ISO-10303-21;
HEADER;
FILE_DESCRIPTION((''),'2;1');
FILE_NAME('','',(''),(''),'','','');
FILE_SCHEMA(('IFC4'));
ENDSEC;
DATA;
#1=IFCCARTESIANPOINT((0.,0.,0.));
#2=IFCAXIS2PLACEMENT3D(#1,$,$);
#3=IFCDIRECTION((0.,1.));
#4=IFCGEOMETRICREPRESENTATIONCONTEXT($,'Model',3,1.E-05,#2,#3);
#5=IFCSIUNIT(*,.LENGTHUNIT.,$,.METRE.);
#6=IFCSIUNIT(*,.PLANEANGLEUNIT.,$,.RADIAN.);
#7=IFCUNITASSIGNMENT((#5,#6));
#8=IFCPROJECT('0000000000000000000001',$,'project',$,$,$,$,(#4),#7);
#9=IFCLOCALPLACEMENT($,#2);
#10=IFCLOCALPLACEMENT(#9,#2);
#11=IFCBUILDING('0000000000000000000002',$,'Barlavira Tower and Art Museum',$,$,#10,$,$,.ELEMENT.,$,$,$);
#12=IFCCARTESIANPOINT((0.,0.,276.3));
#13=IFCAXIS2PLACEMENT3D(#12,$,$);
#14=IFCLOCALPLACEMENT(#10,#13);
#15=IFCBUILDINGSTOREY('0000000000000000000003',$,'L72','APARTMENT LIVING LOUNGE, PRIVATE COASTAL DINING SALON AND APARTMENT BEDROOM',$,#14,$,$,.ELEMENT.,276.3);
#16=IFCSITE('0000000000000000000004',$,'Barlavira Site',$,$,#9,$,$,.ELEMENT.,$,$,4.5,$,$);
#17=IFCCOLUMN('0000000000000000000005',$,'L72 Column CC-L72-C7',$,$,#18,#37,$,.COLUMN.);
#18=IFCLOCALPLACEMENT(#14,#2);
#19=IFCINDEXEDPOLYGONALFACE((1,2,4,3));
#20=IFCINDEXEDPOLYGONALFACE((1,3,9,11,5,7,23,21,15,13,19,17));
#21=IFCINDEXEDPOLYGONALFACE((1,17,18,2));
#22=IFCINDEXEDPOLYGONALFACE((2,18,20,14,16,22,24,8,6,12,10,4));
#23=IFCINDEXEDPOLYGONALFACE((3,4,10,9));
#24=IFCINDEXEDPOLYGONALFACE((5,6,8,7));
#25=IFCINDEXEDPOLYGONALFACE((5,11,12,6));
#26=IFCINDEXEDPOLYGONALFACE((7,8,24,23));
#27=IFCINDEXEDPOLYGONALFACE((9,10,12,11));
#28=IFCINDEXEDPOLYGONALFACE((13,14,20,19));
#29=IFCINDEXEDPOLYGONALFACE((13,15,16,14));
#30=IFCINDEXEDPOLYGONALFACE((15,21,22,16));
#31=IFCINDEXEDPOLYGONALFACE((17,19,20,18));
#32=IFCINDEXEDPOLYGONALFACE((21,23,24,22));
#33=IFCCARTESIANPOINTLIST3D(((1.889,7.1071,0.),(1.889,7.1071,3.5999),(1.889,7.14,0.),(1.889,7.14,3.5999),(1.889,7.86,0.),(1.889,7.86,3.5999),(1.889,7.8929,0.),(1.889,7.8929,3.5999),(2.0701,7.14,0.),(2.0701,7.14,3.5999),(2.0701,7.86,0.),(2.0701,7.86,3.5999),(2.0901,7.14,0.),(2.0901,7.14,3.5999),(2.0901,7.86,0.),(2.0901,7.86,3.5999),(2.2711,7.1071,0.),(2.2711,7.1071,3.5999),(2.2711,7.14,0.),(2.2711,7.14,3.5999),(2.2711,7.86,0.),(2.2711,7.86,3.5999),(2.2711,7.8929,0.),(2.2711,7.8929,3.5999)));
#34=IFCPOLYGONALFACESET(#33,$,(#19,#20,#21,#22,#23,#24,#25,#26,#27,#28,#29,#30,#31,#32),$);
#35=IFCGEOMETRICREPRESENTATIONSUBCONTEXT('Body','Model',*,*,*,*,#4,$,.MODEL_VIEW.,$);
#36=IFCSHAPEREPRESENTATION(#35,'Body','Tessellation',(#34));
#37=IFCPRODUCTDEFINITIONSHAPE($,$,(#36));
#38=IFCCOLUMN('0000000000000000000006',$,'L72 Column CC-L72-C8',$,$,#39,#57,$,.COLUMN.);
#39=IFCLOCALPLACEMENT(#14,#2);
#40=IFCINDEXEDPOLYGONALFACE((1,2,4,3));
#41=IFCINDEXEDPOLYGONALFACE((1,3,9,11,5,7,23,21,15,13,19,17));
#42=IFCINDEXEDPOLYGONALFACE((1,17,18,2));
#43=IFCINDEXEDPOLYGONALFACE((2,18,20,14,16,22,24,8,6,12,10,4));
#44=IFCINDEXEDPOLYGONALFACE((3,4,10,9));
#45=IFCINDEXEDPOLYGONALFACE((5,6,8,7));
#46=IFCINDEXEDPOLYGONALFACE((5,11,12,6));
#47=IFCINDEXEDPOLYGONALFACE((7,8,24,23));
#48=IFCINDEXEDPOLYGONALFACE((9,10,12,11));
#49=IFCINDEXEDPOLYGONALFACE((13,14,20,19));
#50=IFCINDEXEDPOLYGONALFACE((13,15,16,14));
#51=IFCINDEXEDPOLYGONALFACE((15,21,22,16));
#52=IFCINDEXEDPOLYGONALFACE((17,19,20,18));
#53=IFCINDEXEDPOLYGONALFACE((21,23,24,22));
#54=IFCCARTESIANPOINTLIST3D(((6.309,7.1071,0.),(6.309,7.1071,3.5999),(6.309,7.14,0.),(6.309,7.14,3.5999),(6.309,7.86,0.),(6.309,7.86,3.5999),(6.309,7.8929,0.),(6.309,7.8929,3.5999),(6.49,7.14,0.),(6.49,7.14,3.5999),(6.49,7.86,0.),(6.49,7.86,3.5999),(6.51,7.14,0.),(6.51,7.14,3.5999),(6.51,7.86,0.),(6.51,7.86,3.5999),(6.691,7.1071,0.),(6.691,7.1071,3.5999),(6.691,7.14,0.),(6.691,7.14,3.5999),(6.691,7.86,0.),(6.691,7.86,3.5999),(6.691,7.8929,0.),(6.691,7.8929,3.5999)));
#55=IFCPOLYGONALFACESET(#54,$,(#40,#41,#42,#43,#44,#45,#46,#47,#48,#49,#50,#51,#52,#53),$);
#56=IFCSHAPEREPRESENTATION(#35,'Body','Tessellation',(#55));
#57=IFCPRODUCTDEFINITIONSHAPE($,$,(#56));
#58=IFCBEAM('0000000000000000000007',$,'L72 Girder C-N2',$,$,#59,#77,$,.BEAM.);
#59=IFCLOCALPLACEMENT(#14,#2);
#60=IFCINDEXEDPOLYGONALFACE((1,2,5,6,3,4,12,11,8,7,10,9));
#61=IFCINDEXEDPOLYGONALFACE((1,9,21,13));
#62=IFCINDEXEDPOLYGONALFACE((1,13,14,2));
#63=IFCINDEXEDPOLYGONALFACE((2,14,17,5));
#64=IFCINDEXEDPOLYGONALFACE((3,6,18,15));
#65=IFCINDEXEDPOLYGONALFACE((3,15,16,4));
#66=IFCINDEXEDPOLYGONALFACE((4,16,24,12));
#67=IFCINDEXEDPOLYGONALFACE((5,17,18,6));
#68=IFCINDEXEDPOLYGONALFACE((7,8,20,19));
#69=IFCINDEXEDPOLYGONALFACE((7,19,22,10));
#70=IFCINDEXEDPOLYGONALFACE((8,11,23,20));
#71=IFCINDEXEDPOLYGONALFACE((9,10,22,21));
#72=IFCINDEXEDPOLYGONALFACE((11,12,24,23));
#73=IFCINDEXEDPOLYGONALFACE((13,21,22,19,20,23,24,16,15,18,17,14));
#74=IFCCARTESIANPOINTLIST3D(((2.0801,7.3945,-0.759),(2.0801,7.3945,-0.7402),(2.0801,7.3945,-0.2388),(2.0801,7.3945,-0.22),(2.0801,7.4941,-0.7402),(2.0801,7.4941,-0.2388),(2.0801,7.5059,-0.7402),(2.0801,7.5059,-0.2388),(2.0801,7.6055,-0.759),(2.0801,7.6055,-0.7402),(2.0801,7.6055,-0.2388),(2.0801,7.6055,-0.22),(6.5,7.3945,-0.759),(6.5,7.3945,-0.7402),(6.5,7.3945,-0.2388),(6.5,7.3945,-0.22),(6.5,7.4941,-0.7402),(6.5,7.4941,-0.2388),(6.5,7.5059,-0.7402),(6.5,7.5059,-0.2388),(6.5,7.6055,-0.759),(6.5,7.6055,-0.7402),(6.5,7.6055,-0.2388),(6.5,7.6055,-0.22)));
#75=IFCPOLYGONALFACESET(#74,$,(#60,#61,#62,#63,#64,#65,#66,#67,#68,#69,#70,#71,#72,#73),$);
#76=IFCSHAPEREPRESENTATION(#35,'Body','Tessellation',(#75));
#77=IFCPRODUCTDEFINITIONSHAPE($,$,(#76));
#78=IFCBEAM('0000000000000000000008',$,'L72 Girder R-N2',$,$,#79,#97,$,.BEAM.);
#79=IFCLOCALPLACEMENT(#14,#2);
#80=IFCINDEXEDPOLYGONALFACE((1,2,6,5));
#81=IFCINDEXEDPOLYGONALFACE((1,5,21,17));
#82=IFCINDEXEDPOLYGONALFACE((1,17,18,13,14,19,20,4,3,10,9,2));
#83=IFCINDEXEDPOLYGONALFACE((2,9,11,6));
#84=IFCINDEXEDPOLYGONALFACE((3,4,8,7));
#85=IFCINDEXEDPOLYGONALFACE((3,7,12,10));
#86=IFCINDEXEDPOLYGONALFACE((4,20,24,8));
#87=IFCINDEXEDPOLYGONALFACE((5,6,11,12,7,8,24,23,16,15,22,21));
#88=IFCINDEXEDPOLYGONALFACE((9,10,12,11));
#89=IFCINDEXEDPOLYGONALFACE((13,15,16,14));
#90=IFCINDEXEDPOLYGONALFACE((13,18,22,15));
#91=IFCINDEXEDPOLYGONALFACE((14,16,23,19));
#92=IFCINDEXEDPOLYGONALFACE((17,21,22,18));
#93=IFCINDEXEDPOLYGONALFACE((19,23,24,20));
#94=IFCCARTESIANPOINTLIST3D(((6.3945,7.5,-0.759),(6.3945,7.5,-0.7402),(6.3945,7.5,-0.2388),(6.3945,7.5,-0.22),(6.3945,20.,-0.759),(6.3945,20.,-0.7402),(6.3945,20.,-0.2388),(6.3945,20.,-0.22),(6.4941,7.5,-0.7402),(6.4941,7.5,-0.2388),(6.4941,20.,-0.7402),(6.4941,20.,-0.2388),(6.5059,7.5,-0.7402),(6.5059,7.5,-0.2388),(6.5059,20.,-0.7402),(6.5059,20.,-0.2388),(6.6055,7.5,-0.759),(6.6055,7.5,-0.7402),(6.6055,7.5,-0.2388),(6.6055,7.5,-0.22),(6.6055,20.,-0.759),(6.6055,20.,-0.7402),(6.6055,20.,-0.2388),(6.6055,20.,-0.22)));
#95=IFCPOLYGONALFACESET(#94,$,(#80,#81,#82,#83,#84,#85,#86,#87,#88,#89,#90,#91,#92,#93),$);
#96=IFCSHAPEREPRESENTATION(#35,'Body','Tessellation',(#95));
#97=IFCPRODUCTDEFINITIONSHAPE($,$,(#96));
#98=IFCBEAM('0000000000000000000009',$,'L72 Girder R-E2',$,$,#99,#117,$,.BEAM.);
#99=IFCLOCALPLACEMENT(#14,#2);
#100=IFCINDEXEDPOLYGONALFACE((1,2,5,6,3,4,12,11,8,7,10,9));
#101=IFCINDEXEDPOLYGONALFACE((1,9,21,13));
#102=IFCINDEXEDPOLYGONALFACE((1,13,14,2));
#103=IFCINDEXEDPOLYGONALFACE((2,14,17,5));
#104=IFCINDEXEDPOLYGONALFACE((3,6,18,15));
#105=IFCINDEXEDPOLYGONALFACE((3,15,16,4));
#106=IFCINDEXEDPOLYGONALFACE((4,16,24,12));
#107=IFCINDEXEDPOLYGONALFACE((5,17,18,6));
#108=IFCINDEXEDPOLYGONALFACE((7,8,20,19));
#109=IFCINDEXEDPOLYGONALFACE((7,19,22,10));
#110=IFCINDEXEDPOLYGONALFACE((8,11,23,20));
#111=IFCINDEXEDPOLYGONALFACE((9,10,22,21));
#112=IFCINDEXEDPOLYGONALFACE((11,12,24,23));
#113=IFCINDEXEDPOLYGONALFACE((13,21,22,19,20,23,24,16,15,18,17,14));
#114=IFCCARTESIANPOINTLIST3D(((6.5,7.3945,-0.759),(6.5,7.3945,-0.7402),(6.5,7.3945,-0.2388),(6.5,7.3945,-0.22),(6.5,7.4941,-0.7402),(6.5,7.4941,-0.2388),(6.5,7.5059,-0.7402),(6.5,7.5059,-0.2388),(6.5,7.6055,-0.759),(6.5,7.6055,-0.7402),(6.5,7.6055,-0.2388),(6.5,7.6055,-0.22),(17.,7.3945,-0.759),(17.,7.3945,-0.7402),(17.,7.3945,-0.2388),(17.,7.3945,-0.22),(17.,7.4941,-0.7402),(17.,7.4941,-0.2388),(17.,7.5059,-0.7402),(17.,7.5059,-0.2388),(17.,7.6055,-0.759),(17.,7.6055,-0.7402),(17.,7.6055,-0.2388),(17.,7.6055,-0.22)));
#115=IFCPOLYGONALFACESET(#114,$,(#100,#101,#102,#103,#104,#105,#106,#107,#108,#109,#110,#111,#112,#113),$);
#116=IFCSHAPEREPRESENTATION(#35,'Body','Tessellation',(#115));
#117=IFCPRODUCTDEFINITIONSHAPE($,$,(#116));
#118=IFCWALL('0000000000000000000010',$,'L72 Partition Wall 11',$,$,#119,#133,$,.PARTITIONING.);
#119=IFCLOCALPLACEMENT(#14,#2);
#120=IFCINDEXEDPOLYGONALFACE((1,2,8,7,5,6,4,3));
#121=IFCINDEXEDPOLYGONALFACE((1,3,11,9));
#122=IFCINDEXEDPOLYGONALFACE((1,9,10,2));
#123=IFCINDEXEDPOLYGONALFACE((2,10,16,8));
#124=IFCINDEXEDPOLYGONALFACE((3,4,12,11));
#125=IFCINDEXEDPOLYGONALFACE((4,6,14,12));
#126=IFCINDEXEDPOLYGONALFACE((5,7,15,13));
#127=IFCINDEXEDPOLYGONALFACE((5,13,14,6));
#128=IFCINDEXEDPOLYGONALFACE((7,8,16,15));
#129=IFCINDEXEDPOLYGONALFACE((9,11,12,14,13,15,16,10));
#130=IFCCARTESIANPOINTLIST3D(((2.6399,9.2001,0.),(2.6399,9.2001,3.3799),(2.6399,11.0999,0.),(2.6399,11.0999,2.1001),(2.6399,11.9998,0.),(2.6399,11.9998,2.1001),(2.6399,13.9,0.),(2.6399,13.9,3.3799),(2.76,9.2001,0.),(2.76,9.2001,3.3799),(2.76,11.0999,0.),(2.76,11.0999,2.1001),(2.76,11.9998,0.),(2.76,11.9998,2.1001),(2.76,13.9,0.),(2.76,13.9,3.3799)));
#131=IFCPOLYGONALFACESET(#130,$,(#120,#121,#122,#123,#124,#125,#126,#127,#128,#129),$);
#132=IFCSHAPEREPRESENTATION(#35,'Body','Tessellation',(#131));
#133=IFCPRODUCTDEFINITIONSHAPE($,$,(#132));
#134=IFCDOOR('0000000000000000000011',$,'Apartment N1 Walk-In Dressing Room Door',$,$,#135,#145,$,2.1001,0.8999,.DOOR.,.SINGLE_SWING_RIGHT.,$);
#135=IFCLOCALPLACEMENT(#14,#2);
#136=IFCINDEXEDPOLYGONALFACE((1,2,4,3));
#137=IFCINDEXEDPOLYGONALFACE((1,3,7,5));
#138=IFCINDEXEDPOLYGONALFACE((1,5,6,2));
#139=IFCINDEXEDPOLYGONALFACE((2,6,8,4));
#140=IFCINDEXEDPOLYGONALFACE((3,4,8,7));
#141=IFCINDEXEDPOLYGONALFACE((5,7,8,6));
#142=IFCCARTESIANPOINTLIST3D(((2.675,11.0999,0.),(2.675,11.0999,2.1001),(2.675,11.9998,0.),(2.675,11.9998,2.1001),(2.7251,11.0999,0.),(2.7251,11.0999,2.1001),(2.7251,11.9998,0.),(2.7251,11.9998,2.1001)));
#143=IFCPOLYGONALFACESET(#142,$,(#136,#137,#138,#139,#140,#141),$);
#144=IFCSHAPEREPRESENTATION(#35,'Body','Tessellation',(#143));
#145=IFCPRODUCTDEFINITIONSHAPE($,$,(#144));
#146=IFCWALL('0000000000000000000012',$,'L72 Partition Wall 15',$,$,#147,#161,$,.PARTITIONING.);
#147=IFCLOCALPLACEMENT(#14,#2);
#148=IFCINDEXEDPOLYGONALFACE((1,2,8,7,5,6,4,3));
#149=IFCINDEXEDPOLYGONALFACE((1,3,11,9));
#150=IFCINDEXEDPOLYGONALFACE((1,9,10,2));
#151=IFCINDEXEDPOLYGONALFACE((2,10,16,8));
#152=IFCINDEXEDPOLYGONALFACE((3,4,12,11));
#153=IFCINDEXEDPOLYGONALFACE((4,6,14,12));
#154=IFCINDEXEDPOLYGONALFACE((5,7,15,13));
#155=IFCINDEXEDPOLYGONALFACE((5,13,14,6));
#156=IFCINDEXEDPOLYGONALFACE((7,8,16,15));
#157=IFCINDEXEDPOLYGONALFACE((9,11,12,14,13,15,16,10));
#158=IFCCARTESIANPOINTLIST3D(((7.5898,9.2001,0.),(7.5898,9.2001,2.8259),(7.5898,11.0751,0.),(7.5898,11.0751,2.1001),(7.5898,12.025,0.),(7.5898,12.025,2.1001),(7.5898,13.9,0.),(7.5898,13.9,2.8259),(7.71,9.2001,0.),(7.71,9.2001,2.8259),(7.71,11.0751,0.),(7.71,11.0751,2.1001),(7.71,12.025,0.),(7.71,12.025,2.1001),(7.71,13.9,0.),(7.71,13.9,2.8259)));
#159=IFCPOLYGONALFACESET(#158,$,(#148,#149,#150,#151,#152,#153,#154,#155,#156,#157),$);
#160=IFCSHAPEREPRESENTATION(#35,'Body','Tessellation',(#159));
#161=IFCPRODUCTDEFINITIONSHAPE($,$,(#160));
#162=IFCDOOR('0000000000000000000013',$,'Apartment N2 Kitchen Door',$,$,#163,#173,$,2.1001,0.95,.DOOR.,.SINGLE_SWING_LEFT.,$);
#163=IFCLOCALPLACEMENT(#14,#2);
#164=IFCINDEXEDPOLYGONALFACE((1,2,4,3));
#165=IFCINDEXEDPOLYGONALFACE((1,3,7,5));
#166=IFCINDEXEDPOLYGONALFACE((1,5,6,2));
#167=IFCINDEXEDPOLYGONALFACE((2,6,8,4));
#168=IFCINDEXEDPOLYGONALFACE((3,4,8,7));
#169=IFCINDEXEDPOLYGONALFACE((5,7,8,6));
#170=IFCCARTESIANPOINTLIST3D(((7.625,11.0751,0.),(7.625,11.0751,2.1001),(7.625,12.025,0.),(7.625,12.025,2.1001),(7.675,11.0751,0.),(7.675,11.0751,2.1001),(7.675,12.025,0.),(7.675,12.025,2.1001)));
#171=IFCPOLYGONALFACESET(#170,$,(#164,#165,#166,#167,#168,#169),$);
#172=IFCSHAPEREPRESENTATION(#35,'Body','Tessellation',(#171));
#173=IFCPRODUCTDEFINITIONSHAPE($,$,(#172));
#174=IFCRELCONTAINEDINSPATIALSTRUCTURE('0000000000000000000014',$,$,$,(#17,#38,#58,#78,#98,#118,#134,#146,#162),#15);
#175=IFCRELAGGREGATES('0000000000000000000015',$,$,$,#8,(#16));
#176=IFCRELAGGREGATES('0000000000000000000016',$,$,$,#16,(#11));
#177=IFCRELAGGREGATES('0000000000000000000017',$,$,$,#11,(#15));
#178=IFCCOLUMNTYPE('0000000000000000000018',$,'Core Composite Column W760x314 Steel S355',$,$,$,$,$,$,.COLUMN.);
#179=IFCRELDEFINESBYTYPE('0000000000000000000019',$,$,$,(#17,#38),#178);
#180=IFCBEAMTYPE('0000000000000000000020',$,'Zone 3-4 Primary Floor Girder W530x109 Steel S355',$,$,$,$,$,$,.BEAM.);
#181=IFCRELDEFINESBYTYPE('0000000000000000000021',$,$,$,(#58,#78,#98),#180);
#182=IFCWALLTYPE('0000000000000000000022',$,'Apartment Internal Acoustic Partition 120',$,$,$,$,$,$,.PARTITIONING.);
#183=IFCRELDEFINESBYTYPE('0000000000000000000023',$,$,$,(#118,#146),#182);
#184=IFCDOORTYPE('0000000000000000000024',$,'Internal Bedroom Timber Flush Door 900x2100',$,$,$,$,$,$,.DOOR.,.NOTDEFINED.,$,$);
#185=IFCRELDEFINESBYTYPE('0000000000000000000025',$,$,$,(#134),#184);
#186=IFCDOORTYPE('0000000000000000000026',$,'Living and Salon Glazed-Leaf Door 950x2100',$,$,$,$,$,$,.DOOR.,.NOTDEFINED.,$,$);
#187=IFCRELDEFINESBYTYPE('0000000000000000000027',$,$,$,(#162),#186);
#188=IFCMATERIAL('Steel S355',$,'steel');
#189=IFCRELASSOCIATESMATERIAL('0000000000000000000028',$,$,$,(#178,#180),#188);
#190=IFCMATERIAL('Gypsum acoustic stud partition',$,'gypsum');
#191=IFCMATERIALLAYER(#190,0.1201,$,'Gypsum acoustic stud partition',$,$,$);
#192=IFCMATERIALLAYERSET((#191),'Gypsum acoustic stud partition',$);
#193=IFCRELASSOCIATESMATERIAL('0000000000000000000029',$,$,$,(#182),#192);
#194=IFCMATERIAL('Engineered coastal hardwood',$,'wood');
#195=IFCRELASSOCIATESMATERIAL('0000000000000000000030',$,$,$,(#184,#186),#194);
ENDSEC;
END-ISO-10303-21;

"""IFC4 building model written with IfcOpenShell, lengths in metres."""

from ifc_helpers import new_model, si_unit, direction, frame, frame_2d, origin, origin_2d, place, context, subcontext, project, spatial, rectangle, i_section, extrude, material, layer, layer_set, material_profile, profile_set, type_object, element, fill, save


model = new_model("IFC4")

# Units and contexts
model_context = context("Model", 3, precision=1e-05, world=origin(), true_north=direction((0.0, 1.0)))
body_context = subcontext(model_context, "Body", "Model", "MODEL_VIEW")
ifc_project = project(units=[si_unit("LENGTHUNIT", "METRE"), si_unit("PLANEANGLEUNIT", "RADIAN")], contexts=[model_context])

# Site, building, storey
site_placement = place(None, origin())
site = spatial("IfcSite", under=ifc_project, at=site_placement, Name="Barlavira Site", CompositionType="ELEMENT", RefElevation=4.5)
building_placement = place(site_placement, origin())
building = spatial("IfcBuilding", under=site, at=building_placement, Name="Barlavira Tower and Art Museum", CompositionType="ELEMENT")
storey_placement = place(building_placement, frame((0.0, 0.0, 276.3)))
storey = spatial("IfcBuildingStorey", under=building, at=storey_placement, Name="L72", Description="APARTMENT LIVING LOUNGE, PRIVATE COASTAL DINING SALON AND APARTMENT BEDROOM", CompositionType="ELEMENT", Elevation=276.3)

# Columns
ifc_material_1 = material(Name="Steel S355", Category="steel")
ifc_material_profile_1 = material_profile(ifc_material_1, i_section(OverallWidth=0.3821, OverallDepth=0.7859, WebThickness=0.02, FlangeThickness=0.033, at=origin_2d()), Name="W760x314.0")
ifc_profile_set_1 = profile_set([ifc_material_profile_1], Name="Steel S355")
column_type = type_object("IfcColumnType", Name="Core Composite Column W760x314 Steel S355", PredefinedType="COLUMN", material=ifc_profile_set_1)
for number, where, z_axis, x_axis, name in (
    (1, (2.0801, 7.5, 0.0), (0.0, 0.0, 1.0), (1.0, 0.0, 0.0), "L72 Column CC-L72-C7"),
    (2, (6.5, 7.5, 0.0), (0.0, 0.0, 1.0), (1.0, 0.0, 0.0), "L72 Column CC-L72-C8"),
):
    element("IfcColumn", number, at=place(storey_placement, frame(where, z_axis=z_axis, x_axis=x_axis)), inside=storey, type_object=column_type, Name=name, PredefinedType="COLUMN", context=body_context, shape_type="SweptSolid", body=[
        extrude(i_section(OverallWidth=0.3821, OverallDepth=0.7859, WebThickness=0.02, FlangeThickness=0.033, at=origin_2d()), origin(), (0.0, 0.0, 1.0), 3.5999),
    ])

# Beams
ifc_material_profile_2 = material_profile(ifc_material_1, i_section(OverallWidth=0.2109, OverallDepth=0.5391, WebThickness=0.0117, FlangeThickness=0.0188, at=origin_2d()), Name="W530x109.0")
ifc_profile_set_2 = profile_set([ifc_material_profile_2], Name="Steel S355")
beam_type = type_object("IfcBeamType", Name="Zone 3-4 Primary Floor Girder W530x109 Steel S355", PredefinedType="BEAM", material=ifc_profile_set_2)
beam_1_placement = place(storey_placement, frame((2.0801, 7.5, -0.4895), z_axis=(1.0, 0.0, 0.0), x_axis=(0.0, 1.0, 0.0)))
element("IfcBeam", 3, at=beam_1_placement, inside=storey, type_object=beam_type, Name="L72 Girder C-N2", PredefinedType="BEAM", context=body_context, shape_type="SweptSolid", body=[
    extrude(i_section(OverallWidth=0.2109, OverallDepth=0.5391, WebThickness=0.0117, FlangeThickness=0.0188, at=origin_2d()), origin(), (0.0, 0.0, 1.0), 4.4199),
])
beam_2_placement = place(storey_placement, frame((6.5, 7.5, -0.4895), z_axis=(0.0, 1.0, 0.0), x_axis=(-1.0, 0.0, 0.0)))
element("IfcBeam", 4, at=beam_2_placement, inside=storey, type_object=beam_type, Name="L72 Girder R-N2", PredefinedType="BEAM", context=body_context, shape_type="SweptSolid", body=[
    extrude(i_section(OverallWidth=0.2109, OverallDepth=0.5391, WebThickness=0.0117, FlangeThickness=0.0188, at=origin_2d()), origin(), (0.0, 0.0, 1.0), 12.5),
])
beam_3_placement = place(storey_placement, frame((6.5, 7.5, -0.4895), z_axis=(1.0, 0.0, 0.0), x_axis=(0.0, 1.0, 0.0)))
element("IfcBeam", 5, at=beam_3_placement, inside=storey, type_object=beam_type, Name="L72 Girder R-E2", PredefinedType="BEAM", context=body_context, shape_type="SweptSolid", body=[
    extrude(i_section(OverallWidth=0.2109, OverallDepth=0.5391, WebThickness=0.0117, FlangeThickness=0.0188, at=origin_2d()), origin(), (0.0, 0.0, 1.0), 10.5),
])

# Walls, openings, doors
ifc_material_2 = material(Name="Gypsum acoustic stud partition", Category="gypsum")
ifc_layer_1 = layer(ifc_material_2, 0.1201, Name="Gypsum acoustic stud partition")
ifc_layer_set_1 = layer_set([ifc_layer_1], Name="Gypsum acoustic stud partition")
wall_type_1 = type_object("IfcWallType", Name="Apartment Internal Acoustic Partition 120", PredefinedType="PARTITIONING", material=ifc_layer_set_1)
wall_1_placement = place(storey_placement, frame((2.7, 9.2, 0.0), z_axis=(0.0, 0.0, 1.0), x_axis=(0.0, 1.0, 0.0)))
wall_1 = element("IfcWall", 6, at=wall_1_placement, inside=storey, type_object=wall_type_1, Name="L72 Partition Wall 11", PredefinedType="PARTITIONING", context=body_context, shape_type="SweptSolid", body=[
    extrude(rectangle(XDim=4.7, YDim=0.1201, at=frame_2d((2.3501, 0.0))), origin(), (0.0, 0.0, 1.0), 3.3799),
])
opening_1_placement = place(wall_1_placement, frame((1.8999, 0.0, 0.0)))
opening_1 = element("IfcOpeningElement", 7, at=opening_1_placement, cuts=wall_1, PredefinedType="OPENING", context=body_context, shape_type="SweptSolid", body=[
    extrude(rectangle(XDim=0.8999, YDim=2.1001, at=frame_2d((0.45, 1.05))), frame((0.0, 0.0701, 0.0), z_axis=(0.0, -1.0, 0.0), x_axis=(1.0, 0.0, 0.0)), (0.0, 0.0, 1.0), 0.1401),
])
ifc_material_3 = material(Name="Engineered coastal hardwood", Category="wood")
door_type_1 = type_object("IfcDoorType", Name="Internal Bedroom Timber Flush Door 900x2100", OperationType="NOTDEFINED", PredefinedType="DOOR", material=ifc_material_3)
door_1_placement = place(opening_1_placement, origin())
door_1 = element("IfcDoor", 8, at=door_1_placement, inside=storey, type_object=door_type_1, Name="Apartment N1 Walk-In Dressing Room Door", OperationType="SINGLE_SWING_RIGHT", OverallHeight=2.1001, OverallWidth=0.8999, PredefinedType="DOOR", context=body_context, shape_type="SweptSolid", body=[
    extrude(rectangle(XDim=0.8999, YDim=2.1001, at=frame_2d((0.45, 1.05))), frame((0.0, 0.0249, 0.0), z_axis=(0.0, -1.0, 0.0), x_axis=(1.0, 0.0, 0.0)), (0.0, 0.0, 1.0), 0.05),
])
fill(opening_1, door_1)
wall_2_placement = place(storey_placement, frame((7.6499, 9.2, 0.0), z_axis=(0.0, 0.0, 1.0), x_axis=(0.0, 1.0, 0.0)))
wall_2 = element("IfcWall", 9, at=wall_2_placement, inside=storey, type_object=wall_type_1, Name="L72 Partition Wall 15", PredefinedType="PARTITIONING", context=body_context, shape_type="SweptSolid", body=[
    extrude(rectangle(XDim=4.7, YDim=0.1201, at=frame_2d((2.3501, 0.0))), origin(), (0.0, 0.0, 1.0), 2.8259),
])
opening_2_placement = place(wall_2_placement, frame((1.875, 0.0, 0.0)))
opening_2 = element("IfcOpeningElement", 10, at=opening_2_placement, cuts=wall_2, PredefinedType="OPENING", context=body_context, shape_type="SweptSolid", body=[
    extrude(rectangle(XDim=0.95, YDim=2.1001, at=frame_2d((0.4751, 1.05))), frame((0.0, 0.0701, 0.0), z_axis=(0.0, -1.0, 0.0), x_axis=(1.0, 0.0, 0.0)), (0.0, 0.0, 1.0), 0.1401),
])
door_type_2 = type_object("IfcDoorType", Name="Living and Salon Glazed-Leaf Door 950x2100", OperationType="NOTDEFINED", PredefinedType="DOOR", material=ifc_material_3)
door_2_placement = place(opening_2_placement, origin())
door_2 = element("IfcDoor", 11, at=door_2_placement, inside=storey, type_object=door_type_2, Name="Apartment N2 Kitchen Door", OperationType="SINGLE_SWING_LEFT", OverallHeight=2.1001, OverallWidth=0.95, PredefinedType="DOOR", context=body_context, shape_type="SweptSolid", body=[
    extrude(rectangle(XDim=0.95, YDim=2.1001, at=frame_2d((0.4751, 1.05))), frame((0.0, 0.0249, 0.0), z_axis=(0.0, -1.0, 0.0), x_axis=(1.0, 0.0, 0.0)), (0.0, 0.0, 1.0), 0.05),
])
fill(opening_2, door_2)

save(model, "model.ifc")
